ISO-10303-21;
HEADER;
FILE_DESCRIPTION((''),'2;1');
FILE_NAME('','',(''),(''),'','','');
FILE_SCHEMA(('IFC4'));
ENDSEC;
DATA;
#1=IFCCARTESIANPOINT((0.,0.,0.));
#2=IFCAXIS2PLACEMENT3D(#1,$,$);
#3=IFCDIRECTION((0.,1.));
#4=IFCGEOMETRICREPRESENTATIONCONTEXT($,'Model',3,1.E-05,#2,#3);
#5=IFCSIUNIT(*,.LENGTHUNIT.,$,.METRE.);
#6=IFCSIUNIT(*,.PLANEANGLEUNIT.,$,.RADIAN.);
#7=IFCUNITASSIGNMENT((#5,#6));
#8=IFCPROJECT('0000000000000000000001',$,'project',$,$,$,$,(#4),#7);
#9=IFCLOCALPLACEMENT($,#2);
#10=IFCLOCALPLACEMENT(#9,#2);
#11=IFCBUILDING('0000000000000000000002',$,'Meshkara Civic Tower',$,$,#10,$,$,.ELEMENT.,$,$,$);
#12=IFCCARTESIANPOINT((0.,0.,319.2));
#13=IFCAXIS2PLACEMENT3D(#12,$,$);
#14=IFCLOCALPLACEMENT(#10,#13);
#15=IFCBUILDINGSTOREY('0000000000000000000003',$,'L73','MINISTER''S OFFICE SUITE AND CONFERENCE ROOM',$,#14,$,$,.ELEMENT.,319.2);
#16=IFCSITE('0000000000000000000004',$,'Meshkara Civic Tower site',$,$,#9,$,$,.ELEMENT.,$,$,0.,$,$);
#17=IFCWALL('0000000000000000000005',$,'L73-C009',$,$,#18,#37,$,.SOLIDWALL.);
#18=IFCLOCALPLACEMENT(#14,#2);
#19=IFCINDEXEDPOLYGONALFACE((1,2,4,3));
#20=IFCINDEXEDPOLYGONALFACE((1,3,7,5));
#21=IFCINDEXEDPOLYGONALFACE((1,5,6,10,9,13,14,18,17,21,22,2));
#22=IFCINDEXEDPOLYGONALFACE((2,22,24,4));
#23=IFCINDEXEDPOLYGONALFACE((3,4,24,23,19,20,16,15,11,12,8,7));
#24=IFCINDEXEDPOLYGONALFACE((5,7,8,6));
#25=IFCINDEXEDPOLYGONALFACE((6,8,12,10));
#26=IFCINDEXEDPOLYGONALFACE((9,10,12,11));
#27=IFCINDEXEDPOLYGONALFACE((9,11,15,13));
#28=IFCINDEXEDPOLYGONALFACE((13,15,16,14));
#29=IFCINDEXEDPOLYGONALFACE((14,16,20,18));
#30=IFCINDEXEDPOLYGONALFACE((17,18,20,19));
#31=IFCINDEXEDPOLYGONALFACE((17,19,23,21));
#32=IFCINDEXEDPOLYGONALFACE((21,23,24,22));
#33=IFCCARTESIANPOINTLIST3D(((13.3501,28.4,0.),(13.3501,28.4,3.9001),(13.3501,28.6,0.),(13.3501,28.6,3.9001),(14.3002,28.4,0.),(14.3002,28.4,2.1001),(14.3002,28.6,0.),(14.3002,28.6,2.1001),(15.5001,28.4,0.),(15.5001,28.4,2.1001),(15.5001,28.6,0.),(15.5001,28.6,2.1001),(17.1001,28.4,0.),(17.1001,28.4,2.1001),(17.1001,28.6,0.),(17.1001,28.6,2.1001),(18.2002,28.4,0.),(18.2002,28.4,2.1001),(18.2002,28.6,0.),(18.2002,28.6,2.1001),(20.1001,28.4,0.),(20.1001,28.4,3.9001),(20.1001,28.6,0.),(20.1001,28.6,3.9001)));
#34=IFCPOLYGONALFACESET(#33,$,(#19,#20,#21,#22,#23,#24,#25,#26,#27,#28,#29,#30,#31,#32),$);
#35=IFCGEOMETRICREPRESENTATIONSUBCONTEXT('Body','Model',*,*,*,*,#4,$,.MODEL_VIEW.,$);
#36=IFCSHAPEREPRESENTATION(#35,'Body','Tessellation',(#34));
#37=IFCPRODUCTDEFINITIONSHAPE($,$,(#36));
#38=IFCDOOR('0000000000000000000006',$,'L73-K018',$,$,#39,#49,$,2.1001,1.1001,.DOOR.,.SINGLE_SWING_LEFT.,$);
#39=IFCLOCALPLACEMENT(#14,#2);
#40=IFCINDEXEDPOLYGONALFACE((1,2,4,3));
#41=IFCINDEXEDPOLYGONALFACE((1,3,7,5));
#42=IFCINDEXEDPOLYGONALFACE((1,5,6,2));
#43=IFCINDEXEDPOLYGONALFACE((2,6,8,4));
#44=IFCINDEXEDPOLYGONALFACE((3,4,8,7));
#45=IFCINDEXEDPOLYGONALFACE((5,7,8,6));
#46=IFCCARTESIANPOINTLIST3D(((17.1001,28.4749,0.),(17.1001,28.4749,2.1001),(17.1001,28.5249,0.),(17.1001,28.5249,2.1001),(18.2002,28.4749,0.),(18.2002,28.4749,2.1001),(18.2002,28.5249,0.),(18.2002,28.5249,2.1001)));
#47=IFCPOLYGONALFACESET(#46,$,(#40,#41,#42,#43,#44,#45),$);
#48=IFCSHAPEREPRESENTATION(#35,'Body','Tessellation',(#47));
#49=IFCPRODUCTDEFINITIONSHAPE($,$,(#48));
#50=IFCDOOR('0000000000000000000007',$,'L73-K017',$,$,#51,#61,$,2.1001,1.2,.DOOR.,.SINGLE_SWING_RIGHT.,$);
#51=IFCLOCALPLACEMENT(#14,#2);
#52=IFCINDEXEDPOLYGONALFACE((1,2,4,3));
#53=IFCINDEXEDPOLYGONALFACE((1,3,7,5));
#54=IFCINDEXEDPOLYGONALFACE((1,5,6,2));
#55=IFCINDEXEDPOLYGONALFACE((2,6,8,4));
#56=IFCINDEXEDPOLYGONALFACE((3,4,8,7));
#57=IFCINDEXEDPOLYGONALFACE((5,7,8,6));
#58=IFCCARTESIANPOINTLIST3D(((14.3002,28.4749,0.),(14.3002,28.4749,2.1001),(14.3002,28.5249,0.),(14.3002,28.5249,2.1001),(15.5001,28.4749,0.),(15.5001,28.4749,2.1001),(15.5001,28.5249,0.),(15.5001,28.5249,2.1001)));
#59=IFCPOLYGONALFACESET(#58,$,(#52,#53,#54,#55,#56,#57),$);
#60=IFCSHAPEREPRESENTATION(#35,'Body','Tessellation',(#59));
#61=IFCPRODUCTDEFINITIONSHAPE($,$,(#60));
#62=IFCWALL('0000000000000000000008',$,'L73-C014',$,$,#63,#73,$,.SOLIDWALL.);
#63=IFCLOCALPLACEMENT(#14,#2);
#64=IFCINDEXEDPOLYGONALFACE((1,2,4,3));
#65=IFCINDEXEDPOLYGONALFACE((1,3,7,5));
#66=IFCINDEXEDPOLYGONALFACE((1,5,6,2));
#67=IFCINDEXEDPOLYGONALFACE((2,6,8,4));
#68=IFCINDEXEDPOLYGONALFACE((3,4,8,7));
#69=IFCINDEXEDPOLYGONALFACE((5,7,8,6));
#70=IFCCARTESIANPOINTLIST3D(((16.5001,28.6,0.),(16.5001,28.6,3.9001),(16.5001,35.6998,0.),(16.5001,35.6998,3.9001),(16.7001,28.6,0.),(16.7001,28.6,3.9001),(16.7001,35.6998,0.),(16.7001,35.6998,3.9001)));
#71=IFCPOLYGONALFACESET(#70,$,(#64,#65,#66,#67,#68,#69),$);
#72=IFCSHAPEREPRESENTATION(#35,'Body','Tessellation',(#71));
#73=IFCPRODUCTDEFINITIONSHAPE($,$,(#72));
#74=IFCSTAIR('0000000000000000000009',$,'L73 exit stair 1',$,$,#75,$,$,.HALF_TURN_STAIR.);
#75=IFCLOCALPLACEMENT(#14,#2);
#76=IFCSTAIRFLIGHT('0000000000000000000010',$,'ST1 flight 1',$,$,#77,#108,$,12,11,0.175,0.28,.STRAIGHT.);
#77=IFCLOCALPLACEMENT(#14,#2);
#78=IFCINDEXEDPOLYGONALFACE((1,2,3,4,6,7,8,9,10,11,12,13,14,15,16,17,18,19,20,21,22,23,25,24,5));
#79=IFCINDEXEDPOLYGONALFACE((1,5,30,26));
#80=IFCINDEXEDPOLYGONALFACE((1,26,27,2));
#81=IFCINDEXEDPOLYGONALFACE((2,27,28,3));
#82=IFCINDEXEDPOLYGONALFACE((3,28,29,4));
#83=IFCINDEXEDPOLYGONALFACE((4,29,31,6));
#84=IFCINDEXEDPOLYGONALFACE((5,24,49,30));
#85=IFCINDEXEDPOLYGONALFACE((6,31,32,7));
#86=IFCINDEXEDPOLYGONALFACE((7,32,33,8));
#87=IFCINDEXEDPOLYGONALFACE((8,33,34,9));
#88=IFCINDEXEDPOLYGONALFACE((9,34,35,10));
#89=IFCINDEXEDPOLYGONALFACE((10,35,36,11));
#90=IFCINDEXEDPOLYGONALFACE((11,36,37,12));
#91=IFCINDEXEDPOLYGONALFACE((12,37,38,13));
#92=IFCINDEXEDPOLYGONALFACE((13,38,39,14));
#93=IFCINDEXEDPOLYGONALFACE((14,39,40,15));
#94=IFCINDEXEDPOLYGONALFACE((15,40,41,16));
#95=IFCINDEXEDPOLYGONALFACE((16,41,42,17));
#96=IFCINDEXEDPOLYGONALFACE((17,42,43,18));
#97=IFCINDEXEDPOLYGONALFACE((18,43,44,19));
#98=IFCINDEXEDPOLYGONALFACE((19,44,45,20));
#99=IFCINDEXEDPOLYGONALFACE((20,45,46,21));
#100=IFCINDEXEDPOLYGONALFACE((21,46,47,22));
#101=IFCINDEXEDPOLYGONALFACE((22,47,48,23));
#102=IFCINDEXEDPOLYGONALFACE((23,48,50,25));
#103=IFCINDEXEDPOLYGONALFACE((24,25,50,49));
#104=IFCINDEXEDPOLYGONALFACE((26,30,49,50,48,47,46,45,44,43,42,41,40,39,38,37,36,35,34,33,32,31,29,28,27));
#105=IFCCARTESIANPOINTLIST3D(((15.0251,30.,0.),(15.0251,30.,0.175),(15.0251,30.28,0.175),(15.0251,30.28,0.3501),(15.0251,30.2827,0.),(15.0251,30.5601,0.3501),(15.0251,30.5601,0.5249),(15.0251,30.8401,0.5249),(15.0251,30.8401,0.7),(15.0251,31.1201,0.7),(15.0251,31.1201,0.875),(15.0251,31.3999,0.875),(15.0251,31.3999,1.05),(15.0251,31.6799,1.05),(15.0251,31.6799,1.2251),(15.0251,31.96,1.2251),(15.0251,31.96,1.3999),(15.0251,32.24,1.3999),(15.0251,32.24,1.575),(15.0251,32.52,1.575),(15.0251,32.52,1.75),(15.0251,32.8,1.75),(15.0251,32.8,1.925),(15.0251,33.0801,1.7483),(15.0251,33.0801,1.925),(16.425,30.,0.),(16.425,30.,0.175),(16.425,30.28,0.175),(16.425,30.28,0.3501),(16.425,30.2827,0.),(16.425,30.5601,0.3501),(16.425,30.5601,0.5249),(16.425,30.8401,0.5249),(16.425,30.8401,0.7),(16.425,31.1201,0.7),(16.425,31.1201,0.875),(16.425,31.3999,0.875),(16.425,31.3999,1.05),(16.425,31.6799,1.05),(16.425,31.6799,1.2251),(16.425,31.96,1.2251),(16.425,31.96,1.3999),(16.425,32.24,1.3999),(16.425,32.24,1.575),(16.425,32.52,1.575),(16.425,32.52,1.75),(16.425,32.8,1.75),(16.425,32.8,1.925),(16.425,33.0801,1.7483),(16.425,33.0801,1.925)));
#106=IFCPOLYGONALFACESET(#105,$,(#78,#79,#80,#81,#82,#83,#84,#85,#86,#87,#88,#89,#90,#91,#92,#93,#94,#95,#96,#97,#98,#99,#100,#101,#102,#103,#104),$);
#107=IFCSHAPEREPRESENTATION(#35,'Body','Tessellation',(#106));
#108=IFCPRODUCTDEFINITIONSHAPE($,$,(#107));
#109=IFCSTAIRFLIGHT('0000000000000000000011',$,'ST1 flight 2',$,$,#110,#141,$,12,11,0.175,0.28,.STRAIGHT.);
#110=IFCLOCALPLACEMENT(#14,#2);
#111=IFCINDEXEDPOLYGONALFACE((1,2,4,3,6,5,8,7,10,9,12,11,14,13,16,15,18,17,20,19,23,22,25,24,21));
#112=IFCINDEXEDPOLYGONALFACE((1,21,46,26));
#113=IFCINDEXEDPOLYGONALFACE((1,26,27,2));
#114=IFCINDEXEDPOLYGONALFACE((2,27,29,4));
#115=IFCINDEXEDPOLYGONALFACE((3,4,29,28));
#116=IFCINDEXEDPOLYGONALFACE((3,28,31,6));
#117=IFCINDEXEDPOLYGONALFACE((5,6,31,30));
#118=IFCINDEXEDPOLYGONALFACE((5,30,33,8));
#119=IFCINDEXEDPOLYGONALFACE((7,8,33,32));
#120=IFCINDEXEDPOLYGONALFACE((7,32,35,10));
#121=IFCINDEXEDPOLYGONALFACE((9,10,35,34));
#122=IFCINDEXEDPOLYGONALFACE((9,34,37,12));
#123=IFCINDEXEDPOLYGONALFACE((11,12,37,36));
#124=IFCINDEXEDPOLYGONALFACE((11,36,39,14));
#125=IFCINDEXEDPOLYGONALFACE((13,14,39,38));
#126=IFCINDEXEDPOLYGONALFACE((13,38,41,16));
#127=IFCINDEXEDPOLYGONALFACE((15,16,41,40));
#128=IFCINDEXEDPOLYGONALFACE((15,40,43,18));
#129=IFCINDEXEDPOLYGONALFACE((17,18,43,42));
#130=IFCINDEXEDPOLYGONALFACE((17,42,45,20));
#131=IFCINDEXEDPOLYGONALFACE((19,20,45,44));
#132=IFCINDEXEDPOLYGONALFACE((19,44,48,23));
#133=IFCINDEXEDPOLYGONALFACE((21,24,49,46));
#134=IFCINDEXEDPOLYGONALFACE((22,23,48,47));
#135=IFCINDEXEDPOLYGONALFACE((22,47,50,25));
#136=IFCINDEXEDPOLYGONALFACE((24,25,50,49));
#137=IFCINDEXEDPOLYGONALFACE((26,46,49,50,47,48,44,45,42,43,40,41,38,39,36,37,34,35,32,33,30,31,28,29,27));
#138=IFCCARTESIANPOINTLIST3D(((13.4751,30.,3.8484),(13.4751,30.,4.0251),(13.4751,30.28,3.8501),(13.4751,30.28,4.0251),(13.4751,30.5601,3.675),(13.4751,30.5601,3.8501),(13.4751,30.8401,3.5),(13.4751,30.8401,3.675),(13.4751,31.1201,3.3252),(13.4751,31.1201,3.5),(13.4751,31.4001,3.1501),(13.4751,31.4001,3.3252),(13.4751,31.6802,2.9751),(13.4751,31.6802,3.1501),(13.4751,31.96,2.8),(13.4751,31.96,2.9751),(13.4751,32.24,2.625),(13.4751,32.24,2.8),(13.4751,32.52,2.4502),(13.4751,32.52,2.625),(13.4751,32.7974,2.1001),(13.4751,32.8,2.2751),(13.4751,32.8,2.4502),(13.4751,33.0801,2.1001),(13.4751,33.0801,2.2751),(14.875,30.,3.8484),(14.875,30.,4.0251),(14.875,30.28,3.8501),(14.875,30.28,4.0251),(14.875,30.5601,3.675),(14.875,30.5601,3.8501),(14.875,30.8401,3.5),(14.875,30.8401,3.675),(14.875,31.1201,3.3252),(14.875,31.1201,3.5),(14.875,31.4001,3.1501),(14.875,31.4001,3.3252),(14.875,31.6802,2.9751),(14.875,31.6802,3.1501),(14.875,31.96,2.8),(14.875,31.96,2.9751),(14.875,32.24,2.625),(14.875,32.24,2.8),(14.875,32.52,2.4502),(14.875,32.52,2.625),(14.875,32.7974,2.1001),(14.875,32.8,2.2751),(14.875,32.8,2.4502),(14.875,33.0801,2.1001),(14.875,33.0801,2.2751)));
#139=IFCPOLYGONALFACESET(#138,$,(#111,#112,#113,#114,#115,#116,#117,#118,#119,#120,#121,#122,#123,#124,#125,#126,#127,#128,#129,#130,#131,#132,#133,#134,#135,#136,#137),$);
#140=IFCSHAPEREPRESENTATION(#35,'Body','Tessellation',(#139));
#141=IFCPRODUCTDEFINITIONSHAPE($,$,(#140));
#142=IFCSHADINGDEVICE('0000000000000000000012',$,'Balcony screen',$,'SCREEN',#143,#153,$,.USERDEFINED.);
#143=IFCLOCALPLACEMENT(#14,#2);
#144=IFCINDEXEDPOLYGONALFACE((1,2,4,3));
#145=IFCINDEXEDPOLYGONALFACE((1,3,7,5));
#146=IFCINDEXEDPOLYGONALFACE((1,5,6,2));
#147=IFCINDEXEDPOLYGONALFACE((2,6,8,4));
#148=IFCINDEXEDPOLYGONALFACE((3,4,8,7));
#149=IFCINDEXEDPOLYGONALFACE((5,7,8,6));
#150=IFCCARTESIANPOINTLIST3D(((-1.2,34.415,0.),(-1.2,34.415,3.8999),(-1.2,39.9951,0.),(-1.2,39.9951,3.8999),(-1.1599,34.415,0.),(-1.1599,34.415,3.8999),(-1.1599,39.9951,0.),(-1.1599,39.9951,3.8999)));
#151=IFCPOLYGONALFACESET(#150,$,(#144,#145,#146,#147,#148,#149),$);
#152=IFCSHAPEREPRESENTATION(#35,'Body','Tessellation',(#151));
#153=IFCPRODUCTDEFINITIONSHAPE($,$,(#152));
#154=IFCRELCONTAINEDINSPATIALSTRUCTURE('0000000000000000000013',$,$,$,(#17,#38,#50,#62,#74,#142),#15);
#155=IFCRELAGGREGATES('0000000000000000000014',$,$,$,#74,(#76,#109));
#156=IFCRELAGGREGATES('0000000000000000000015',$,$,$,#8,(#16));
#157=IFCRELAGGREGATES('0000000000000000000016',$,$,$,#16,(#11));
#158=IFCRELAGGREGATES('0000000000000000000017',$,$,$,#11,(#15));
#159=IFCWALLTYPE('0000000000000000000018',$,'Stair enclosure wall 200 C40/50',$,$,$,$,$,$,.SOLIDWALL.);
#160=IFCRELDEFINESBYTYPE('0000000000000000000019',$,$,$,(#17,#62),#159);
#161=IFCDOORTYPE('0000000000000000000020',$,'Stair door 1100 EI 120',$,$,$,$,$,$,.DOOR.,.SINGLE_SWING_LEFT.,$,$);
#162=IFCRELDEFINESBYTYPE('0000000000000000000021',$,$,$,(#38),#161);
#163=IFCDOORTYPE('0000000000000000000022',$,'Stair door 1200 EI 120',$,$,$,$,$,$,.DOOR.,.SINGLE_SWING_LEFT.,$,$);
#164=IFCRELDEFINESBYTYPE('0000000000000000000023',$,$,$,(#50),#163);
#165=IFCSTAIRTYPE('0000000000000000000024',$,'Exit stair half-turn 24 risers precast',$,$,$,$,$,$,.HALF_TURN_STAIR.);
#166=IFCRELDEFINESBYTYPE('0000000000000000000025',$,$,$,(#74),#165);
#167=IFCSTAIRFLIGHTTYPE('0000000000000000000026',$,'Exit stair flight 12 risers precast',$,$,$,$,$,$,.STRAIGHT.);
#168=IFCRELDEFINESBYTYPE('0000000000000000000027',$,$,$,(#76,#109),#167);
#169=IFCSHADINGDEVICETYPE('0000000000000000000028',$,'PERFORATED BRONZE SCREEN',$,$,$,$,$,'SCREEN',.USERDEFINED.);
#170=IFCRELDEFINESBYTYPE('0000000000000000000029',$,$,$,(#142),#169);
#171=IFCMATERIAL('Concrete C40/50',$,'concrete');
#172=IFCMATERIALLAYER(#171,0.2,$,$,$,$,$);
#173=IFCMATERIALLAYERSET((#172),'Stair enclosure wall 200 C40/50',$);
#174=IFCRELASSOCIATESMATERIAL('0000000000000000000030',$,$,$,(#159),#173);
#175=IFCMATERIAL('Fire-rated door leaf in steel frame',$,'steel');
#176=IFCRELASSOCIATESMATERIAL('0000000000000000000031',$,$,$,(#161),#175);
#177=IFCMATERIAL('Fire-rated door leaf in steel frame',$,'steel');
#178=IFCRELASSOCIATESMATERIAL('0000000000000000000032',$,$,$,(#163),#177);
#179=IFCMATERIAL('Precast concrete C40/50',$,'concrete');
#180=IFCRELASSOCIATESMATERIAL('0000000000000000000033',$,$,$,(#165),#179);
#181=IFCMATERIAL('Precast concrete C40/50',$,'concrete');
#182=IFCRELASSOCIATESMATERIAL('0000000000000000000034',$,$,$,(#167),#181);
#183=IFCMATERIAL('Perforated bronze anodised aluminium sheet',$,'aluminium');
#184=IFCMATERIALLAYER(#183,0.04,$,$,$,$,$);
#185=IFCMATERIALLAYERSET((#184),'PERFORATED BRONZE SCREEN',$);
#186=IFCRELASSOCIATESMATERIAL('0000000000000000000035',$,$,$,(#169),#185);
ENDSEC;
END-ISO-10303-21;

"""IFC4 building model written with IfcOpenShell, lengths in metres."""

from ifc_helpers import new_model, si_unit, direction, frame, frame_2d, origin, origin_2d, place, context, subcontext, project, spatial, polyline, rectangle, outline, extrude, material, layer, layer_set, type_object, element, fill, aggregate, save


model = new_model("IFC4")

# Units and contexts
model_context = context("Model", 3, precision=1e-05, world=origin(), true_north=direction((0.0, 1.0)))
body_context = subcontext(model_context, "Body", "Model", "MODEL_VIEW")
ifc_project = project(units=[si_unit("LENGTHUNIT", "METRE"), si_unit("PLANEANGLEUNIT", "RADIAN")], contexts=[model_context])

# Site, building, storey
site_placement = place(None, origin())
site = spatial("IfcSite", under=ifc_project, at=site_placement, Name="Meshkara Civic Tower site", CompositionType="ELEMENT", RefElevation=0.0)
building_placement = place(site_placement, origin())
building = spatial("IfcBuilding", under=site, at=building_placement, Name="Meshkara Civic Tower", CompositionType="ELEMENT")
storey_placement = place(building_placement, frame((0.0, 0.0, 319.2)))
storey = spatial("IfcBuildingStorey", under=building, at=storey_placement, Name="L73", Description="MINISTER'S OFFICE SUITE AND CONFERENCE ROOM", CompositionType="ELEMENT", Elevation=319.2)

# Wall, openings, doors
ifc_material_1 = material(Name="Concrete C40/50", Category="concrete")
ifc_layer_1 = layer(ifc_material_1, 0.2)
ifc_layer_set_1 = layer_set([ifc_layer_1], Name="Stair enclosure wall 200 C40/50")
wall_type_1 = type_object("IfcWallType", Name="Stair enclosure wall 200 C40/50", PredefinedType="SOLIDWALL", material=ifc_layer_set_1)
wall_1_placement = place(storey_placement, frame((13.3501, 28.5, 0.0), z_axis=(0.0, 0.0, 1.0), x_axis=(1.0, 0.0, 0.0)))
wall_1 = element("IfcWall", 1, at=wall_1_placement, inside=storey, type_object=wall_type_1, Name="L73-C009", PredefinedType="SOLIDWALL", context=body_context, shape_type="SweptSolid", body=[
    extrude(rectangle(XDim=6.75, YDim=0.2, at=frame_2d((3.375, 0.0))), origin(), (0.0, 0.0, 1.0), 3.9001),
])
opening_1_placement = place(wall_1_placement, frame((0.95, 0.0, 0.0)))
opening_1 = element("IfcOpeningElement", 2, at=opening_1_placement, cuts=wall_1, PredefinedType="OPENING", context=body_context, shape_type="SweptSolid", body=[
    extrude(rectangle(XDim=1.2, YDim=2.1001, at=frame_2d((0.6001, 1.05))), frame((0.0, 0.1099, 0.0), z_axis=(0.0, -1.0, 0.0), x_axis=(1.0, 0.0, 0.0)), (0.0, 0.0, 1.0), 0.22),
])
opening_2_placement = place(wall_1_placement, frame((3.75, 0.0, 0.0)))
opening_2 = element("IfcOpeningElement", 3, at=opening_2_placement, cuts=wall_1, PredefinedType="OPENING", context=body_context, shape_type="SweptSolid", body=[
    extrude(rectangle(XDim=1.1001, YDim=2.1001, at=frame_2d((0.55, 1.05))), frame((0.0, 0.1099, 0.0), z_axis=(0.0, -1.0, 0.0), x_axis=(1.0, 0.0, 0.0)), (0.0, 0.0, 1.0), 0.22),
])
ifc_material_2 = material(Name="Fire-rated door leaf in steel frame", Category="steel")
door_type_1 = type_object("IfcDoorType", Name="Stair door 1100 EI 120", OperationType="SINGLE_SWING_LEFT", PredefinedType="DOOR", material=ifc_material_2)
door_1_placement = place(opening_2_placement, origin())
door_1 = element("IfcDoor", 4, at=door_1_placement, inside=storey, type_object=door_type_1, Name="L73-K018", OperationType="SINGLE_SWING_LEFT", OverallHeight=2.1001, OverallWidth=1.1001, PredefinedType="DOOR", context=body_context, shape_type="SweptSolid", body=[
    extrude(rectangle(XDim=1.1001, YDim=2.1001, at=frame_2d((0.55, 1.05))), frame((0.0, 0.0249, 0.0), z_axis=(0.0, -1.0, 0.0), x_axis=(1.0, 0.0, 0.0)), (0.0, 0.0, 1.0), 0.05),
])
fill(opening_2, door_1)
ifc_material_3 = material(Name="Fire-rated door leaf in steel frame", Category="steel")
door_type_2 = type_object("IfcDoorType", Name="Stair door 1200 EI 120", OperationType="SINGLE_SWING_LEFT", PredefinedType="DOOR", material=ifc_material_3)
door_2_placement = place(opening_1_placement, origin())
door_2 = element("IfcDoor", 5, at=door_2_placement, inside=storey, type_object=door_type_2, Name="L73-K017", OperationType="SINGLE_SWING_RIGHT", OverallHeight=2.1001, OverallWidth=1.2, PredefinedType="DOOR", context=body_context, shape_type="SweptSolid", body=[
    extrude(rectangle(XDim=1.2, YDim=2.1001, at=frame_2d((0.6001, 1.05))), frame((0.0, 0.0249, 0.0), z_axis=(0.0, -1.0, 0.0), x_axis=(1.0, 0.0, 0.0)), (0.0, 0.0, 1.0), 0.05),
])
fill(opening_1, door_2)

# Wall
wall_2_placement = place(storey_placement, frame((16.6001, 28.6001, 0.0), z_axis=(0.0, 0.0, 1.0), x_axis=(0.0, 1.0, 0.0)))
element("IfcWall", 6, at=wall_2_placement, inside=storey, type_object=wall_type_1, Name="L73-C014", PredefinedType="SOLIDWALL", context=body_context, shape_type="SweptSolid", body=[
    extrude(rectangle(XDim=7.0999, YDim=0.2, at=frame_2d((3.5498, 0.0))), origin(), (0.0, 0.0, 1.0), 3.9001),
])

# Stair, stair flights
ifc_material_4 = material(Name="Precast concrete C40/50", Category="concrete")
stair_type = type_object("IfcStairType", Name="Exit stair half-turn 24 risers precast", PredefinedType="HALF_TURN_STAIR", material=ifc_material_4)
stair_placement = place(storey_placement, origin())
stair = element("IfcStair", 7, at=stair_placement, inside=storey, type_object=stair_type, Name="L73 exit stair 1", PredefinedType="HALF_TURN_STAIR")
ifc_material_5 = material(Name="Precast concrete C40/50", Category="concrete")
stair_flight_type = type_object("IfcStairFlightType", Name="Exit stair flight 12 risers precast", PredefinedType="STRAIGHT", material=ifc_material_5)
stair_flight_1_placement = place(storey_placement, frame((15.7251, 30.0, 0.0), z_axis=(0.0, 0.0, 1.0), x_axis=(0.0, 1.0, 0.0)))
stair_flight_1 = element("IfcStairFlight", 8, at=stair_flight_1_placement, type_object=stair_flight_type, Name="ST1 flight 1", NumberOfRisers=12, NumberOfTreads=11, PredefinedType="STRAIGHT", RiserHeight=0.175, TreadLength=0.28, context=body_context, shape_type="SweptSolid", body=[
    extrude(outline(polyline([(0.0, 0.0), (0.0, 0.175), (0.28, 0.175), (0.28, 0.3501), (0.5601, 0.3501), (0.5601, 0.5249), (0.8401, 0.5249), (0.8401, 0.7), (1.1201, 0.7), (1.1201, 0.875), (1.3999, 0.875), (1.3999, 1.05), (1.6799, 1.05), (1.6799, 1.2251), (1.96, 1.2251), (1.96, 1.3999), (2.24, 1.3999), (2.24, 1.575), (2.52, 1.575), (2.52, 1.75), (2.8, 1.75), (2.8, 1.925), (3.0801, 1.925), (3.0801, 2.1001), (3.0801, 1.7483), (0.2827, 0.0), (0.0, 0.0)])), frame((0.0, 0.7, 0.0), z_axis=(0.0, -1.0, 0.0), x_axis=(1.0, 0.0, 0.0)), (0.0, 0.0, 1.0), 1.3999),
])
stair_flight_2_placement = place(storey_placement, frame((14.175, 33.0801, 2.1001), z_axis=(0.0, 0.0, 1.0), x_axis=(0.0, -1.0, 0.0)))
stair_flight_2 = element("IfcStairFlight", 9, at=stair_flight_2_placement, type_object=stair_flight_type, Name="ST1 flight 2", NumberOfRisers=12, NumberOfTreads=11, PredefinedType="STRAIGHT", RiserHeight=0.175, TreadLength=0.28, context=body_context, shape_type="SweptSolid", body=[
    extrude(outline(polyline([(0.0, 0.0), (0.0, 0.175), (0.28, 0.175), (0.28, 0.3501), (0.5601, 0.3501), (0.5601, 0.5249), (0.8401, 0.5249), (0.8401, 0.7), (1.1201, 0.7), (1.1201, 0.875), (1.3999, 0.875), (1.3999, 1.05), (1.6799, 1.05), (1.6799, 1.2251), (1.96, 1.2251), (1.96, 1.3999), (2.24, 1.3999), (2.24, 1.575), (2.52, 1.575), (2.52, 1.75), (2.8, 1.75), (2.8, 1.925), (3.0801, 1.925), (3.0801, 2.1001), (3.0801, 1.7483), (0.2827, 0.0), (0.0, 0.0)])), frame((0.0, 0.7, 0.0), z_axis=(0.0, -1.0, 0.0), x_axis=(1.0, 0.0, 0.0)), (0.0, 0.0, 1.0), 1.3999),
])
aggregate(stair, [stair_flight_1, stair_flight_2])

# Shading device
ifc_material_6 = material(Name="Perforated bronze anodised aluminium sheet", Category="aluminium")
ifc_layer_2 = layer(ifc_material_6, 0.04)
ifc_layer_set_2 = layer_set([ifc_layer_2], Name="PERFORATED BRONZE SCREEN")
shading_device_type = type_object("IfcShadingDeviceType", Name="PERFORATED BRONZE SCREEN", ElementType="SCREEN", PredefinedType="USERDEFINED", material=ifc_layer_set_2)
shading_device_placement = place(storey_placement, frame((-1.1799, 37.2051, 0.0), z_axis=(0.0, 0.0, 1.0), x_axis=(0.0, -1.0, 0.0)))
element("IfcShadingDevice", 10, at=shading_device_placement, inside=storey, type_object=shading_device_type, Name="Balcony screen", ObjectType="SCREEN", PredefinedType="USERDEFINED", context=body_context, shape_type="SweptSolid", body=[
    extrude(rectangle(XDim=5.5801, YDim=0.04, at=origin_2d()), origin(), (0.0, 0.0, 1.0), 3.8999),
])

save(model, "model.ifc")
